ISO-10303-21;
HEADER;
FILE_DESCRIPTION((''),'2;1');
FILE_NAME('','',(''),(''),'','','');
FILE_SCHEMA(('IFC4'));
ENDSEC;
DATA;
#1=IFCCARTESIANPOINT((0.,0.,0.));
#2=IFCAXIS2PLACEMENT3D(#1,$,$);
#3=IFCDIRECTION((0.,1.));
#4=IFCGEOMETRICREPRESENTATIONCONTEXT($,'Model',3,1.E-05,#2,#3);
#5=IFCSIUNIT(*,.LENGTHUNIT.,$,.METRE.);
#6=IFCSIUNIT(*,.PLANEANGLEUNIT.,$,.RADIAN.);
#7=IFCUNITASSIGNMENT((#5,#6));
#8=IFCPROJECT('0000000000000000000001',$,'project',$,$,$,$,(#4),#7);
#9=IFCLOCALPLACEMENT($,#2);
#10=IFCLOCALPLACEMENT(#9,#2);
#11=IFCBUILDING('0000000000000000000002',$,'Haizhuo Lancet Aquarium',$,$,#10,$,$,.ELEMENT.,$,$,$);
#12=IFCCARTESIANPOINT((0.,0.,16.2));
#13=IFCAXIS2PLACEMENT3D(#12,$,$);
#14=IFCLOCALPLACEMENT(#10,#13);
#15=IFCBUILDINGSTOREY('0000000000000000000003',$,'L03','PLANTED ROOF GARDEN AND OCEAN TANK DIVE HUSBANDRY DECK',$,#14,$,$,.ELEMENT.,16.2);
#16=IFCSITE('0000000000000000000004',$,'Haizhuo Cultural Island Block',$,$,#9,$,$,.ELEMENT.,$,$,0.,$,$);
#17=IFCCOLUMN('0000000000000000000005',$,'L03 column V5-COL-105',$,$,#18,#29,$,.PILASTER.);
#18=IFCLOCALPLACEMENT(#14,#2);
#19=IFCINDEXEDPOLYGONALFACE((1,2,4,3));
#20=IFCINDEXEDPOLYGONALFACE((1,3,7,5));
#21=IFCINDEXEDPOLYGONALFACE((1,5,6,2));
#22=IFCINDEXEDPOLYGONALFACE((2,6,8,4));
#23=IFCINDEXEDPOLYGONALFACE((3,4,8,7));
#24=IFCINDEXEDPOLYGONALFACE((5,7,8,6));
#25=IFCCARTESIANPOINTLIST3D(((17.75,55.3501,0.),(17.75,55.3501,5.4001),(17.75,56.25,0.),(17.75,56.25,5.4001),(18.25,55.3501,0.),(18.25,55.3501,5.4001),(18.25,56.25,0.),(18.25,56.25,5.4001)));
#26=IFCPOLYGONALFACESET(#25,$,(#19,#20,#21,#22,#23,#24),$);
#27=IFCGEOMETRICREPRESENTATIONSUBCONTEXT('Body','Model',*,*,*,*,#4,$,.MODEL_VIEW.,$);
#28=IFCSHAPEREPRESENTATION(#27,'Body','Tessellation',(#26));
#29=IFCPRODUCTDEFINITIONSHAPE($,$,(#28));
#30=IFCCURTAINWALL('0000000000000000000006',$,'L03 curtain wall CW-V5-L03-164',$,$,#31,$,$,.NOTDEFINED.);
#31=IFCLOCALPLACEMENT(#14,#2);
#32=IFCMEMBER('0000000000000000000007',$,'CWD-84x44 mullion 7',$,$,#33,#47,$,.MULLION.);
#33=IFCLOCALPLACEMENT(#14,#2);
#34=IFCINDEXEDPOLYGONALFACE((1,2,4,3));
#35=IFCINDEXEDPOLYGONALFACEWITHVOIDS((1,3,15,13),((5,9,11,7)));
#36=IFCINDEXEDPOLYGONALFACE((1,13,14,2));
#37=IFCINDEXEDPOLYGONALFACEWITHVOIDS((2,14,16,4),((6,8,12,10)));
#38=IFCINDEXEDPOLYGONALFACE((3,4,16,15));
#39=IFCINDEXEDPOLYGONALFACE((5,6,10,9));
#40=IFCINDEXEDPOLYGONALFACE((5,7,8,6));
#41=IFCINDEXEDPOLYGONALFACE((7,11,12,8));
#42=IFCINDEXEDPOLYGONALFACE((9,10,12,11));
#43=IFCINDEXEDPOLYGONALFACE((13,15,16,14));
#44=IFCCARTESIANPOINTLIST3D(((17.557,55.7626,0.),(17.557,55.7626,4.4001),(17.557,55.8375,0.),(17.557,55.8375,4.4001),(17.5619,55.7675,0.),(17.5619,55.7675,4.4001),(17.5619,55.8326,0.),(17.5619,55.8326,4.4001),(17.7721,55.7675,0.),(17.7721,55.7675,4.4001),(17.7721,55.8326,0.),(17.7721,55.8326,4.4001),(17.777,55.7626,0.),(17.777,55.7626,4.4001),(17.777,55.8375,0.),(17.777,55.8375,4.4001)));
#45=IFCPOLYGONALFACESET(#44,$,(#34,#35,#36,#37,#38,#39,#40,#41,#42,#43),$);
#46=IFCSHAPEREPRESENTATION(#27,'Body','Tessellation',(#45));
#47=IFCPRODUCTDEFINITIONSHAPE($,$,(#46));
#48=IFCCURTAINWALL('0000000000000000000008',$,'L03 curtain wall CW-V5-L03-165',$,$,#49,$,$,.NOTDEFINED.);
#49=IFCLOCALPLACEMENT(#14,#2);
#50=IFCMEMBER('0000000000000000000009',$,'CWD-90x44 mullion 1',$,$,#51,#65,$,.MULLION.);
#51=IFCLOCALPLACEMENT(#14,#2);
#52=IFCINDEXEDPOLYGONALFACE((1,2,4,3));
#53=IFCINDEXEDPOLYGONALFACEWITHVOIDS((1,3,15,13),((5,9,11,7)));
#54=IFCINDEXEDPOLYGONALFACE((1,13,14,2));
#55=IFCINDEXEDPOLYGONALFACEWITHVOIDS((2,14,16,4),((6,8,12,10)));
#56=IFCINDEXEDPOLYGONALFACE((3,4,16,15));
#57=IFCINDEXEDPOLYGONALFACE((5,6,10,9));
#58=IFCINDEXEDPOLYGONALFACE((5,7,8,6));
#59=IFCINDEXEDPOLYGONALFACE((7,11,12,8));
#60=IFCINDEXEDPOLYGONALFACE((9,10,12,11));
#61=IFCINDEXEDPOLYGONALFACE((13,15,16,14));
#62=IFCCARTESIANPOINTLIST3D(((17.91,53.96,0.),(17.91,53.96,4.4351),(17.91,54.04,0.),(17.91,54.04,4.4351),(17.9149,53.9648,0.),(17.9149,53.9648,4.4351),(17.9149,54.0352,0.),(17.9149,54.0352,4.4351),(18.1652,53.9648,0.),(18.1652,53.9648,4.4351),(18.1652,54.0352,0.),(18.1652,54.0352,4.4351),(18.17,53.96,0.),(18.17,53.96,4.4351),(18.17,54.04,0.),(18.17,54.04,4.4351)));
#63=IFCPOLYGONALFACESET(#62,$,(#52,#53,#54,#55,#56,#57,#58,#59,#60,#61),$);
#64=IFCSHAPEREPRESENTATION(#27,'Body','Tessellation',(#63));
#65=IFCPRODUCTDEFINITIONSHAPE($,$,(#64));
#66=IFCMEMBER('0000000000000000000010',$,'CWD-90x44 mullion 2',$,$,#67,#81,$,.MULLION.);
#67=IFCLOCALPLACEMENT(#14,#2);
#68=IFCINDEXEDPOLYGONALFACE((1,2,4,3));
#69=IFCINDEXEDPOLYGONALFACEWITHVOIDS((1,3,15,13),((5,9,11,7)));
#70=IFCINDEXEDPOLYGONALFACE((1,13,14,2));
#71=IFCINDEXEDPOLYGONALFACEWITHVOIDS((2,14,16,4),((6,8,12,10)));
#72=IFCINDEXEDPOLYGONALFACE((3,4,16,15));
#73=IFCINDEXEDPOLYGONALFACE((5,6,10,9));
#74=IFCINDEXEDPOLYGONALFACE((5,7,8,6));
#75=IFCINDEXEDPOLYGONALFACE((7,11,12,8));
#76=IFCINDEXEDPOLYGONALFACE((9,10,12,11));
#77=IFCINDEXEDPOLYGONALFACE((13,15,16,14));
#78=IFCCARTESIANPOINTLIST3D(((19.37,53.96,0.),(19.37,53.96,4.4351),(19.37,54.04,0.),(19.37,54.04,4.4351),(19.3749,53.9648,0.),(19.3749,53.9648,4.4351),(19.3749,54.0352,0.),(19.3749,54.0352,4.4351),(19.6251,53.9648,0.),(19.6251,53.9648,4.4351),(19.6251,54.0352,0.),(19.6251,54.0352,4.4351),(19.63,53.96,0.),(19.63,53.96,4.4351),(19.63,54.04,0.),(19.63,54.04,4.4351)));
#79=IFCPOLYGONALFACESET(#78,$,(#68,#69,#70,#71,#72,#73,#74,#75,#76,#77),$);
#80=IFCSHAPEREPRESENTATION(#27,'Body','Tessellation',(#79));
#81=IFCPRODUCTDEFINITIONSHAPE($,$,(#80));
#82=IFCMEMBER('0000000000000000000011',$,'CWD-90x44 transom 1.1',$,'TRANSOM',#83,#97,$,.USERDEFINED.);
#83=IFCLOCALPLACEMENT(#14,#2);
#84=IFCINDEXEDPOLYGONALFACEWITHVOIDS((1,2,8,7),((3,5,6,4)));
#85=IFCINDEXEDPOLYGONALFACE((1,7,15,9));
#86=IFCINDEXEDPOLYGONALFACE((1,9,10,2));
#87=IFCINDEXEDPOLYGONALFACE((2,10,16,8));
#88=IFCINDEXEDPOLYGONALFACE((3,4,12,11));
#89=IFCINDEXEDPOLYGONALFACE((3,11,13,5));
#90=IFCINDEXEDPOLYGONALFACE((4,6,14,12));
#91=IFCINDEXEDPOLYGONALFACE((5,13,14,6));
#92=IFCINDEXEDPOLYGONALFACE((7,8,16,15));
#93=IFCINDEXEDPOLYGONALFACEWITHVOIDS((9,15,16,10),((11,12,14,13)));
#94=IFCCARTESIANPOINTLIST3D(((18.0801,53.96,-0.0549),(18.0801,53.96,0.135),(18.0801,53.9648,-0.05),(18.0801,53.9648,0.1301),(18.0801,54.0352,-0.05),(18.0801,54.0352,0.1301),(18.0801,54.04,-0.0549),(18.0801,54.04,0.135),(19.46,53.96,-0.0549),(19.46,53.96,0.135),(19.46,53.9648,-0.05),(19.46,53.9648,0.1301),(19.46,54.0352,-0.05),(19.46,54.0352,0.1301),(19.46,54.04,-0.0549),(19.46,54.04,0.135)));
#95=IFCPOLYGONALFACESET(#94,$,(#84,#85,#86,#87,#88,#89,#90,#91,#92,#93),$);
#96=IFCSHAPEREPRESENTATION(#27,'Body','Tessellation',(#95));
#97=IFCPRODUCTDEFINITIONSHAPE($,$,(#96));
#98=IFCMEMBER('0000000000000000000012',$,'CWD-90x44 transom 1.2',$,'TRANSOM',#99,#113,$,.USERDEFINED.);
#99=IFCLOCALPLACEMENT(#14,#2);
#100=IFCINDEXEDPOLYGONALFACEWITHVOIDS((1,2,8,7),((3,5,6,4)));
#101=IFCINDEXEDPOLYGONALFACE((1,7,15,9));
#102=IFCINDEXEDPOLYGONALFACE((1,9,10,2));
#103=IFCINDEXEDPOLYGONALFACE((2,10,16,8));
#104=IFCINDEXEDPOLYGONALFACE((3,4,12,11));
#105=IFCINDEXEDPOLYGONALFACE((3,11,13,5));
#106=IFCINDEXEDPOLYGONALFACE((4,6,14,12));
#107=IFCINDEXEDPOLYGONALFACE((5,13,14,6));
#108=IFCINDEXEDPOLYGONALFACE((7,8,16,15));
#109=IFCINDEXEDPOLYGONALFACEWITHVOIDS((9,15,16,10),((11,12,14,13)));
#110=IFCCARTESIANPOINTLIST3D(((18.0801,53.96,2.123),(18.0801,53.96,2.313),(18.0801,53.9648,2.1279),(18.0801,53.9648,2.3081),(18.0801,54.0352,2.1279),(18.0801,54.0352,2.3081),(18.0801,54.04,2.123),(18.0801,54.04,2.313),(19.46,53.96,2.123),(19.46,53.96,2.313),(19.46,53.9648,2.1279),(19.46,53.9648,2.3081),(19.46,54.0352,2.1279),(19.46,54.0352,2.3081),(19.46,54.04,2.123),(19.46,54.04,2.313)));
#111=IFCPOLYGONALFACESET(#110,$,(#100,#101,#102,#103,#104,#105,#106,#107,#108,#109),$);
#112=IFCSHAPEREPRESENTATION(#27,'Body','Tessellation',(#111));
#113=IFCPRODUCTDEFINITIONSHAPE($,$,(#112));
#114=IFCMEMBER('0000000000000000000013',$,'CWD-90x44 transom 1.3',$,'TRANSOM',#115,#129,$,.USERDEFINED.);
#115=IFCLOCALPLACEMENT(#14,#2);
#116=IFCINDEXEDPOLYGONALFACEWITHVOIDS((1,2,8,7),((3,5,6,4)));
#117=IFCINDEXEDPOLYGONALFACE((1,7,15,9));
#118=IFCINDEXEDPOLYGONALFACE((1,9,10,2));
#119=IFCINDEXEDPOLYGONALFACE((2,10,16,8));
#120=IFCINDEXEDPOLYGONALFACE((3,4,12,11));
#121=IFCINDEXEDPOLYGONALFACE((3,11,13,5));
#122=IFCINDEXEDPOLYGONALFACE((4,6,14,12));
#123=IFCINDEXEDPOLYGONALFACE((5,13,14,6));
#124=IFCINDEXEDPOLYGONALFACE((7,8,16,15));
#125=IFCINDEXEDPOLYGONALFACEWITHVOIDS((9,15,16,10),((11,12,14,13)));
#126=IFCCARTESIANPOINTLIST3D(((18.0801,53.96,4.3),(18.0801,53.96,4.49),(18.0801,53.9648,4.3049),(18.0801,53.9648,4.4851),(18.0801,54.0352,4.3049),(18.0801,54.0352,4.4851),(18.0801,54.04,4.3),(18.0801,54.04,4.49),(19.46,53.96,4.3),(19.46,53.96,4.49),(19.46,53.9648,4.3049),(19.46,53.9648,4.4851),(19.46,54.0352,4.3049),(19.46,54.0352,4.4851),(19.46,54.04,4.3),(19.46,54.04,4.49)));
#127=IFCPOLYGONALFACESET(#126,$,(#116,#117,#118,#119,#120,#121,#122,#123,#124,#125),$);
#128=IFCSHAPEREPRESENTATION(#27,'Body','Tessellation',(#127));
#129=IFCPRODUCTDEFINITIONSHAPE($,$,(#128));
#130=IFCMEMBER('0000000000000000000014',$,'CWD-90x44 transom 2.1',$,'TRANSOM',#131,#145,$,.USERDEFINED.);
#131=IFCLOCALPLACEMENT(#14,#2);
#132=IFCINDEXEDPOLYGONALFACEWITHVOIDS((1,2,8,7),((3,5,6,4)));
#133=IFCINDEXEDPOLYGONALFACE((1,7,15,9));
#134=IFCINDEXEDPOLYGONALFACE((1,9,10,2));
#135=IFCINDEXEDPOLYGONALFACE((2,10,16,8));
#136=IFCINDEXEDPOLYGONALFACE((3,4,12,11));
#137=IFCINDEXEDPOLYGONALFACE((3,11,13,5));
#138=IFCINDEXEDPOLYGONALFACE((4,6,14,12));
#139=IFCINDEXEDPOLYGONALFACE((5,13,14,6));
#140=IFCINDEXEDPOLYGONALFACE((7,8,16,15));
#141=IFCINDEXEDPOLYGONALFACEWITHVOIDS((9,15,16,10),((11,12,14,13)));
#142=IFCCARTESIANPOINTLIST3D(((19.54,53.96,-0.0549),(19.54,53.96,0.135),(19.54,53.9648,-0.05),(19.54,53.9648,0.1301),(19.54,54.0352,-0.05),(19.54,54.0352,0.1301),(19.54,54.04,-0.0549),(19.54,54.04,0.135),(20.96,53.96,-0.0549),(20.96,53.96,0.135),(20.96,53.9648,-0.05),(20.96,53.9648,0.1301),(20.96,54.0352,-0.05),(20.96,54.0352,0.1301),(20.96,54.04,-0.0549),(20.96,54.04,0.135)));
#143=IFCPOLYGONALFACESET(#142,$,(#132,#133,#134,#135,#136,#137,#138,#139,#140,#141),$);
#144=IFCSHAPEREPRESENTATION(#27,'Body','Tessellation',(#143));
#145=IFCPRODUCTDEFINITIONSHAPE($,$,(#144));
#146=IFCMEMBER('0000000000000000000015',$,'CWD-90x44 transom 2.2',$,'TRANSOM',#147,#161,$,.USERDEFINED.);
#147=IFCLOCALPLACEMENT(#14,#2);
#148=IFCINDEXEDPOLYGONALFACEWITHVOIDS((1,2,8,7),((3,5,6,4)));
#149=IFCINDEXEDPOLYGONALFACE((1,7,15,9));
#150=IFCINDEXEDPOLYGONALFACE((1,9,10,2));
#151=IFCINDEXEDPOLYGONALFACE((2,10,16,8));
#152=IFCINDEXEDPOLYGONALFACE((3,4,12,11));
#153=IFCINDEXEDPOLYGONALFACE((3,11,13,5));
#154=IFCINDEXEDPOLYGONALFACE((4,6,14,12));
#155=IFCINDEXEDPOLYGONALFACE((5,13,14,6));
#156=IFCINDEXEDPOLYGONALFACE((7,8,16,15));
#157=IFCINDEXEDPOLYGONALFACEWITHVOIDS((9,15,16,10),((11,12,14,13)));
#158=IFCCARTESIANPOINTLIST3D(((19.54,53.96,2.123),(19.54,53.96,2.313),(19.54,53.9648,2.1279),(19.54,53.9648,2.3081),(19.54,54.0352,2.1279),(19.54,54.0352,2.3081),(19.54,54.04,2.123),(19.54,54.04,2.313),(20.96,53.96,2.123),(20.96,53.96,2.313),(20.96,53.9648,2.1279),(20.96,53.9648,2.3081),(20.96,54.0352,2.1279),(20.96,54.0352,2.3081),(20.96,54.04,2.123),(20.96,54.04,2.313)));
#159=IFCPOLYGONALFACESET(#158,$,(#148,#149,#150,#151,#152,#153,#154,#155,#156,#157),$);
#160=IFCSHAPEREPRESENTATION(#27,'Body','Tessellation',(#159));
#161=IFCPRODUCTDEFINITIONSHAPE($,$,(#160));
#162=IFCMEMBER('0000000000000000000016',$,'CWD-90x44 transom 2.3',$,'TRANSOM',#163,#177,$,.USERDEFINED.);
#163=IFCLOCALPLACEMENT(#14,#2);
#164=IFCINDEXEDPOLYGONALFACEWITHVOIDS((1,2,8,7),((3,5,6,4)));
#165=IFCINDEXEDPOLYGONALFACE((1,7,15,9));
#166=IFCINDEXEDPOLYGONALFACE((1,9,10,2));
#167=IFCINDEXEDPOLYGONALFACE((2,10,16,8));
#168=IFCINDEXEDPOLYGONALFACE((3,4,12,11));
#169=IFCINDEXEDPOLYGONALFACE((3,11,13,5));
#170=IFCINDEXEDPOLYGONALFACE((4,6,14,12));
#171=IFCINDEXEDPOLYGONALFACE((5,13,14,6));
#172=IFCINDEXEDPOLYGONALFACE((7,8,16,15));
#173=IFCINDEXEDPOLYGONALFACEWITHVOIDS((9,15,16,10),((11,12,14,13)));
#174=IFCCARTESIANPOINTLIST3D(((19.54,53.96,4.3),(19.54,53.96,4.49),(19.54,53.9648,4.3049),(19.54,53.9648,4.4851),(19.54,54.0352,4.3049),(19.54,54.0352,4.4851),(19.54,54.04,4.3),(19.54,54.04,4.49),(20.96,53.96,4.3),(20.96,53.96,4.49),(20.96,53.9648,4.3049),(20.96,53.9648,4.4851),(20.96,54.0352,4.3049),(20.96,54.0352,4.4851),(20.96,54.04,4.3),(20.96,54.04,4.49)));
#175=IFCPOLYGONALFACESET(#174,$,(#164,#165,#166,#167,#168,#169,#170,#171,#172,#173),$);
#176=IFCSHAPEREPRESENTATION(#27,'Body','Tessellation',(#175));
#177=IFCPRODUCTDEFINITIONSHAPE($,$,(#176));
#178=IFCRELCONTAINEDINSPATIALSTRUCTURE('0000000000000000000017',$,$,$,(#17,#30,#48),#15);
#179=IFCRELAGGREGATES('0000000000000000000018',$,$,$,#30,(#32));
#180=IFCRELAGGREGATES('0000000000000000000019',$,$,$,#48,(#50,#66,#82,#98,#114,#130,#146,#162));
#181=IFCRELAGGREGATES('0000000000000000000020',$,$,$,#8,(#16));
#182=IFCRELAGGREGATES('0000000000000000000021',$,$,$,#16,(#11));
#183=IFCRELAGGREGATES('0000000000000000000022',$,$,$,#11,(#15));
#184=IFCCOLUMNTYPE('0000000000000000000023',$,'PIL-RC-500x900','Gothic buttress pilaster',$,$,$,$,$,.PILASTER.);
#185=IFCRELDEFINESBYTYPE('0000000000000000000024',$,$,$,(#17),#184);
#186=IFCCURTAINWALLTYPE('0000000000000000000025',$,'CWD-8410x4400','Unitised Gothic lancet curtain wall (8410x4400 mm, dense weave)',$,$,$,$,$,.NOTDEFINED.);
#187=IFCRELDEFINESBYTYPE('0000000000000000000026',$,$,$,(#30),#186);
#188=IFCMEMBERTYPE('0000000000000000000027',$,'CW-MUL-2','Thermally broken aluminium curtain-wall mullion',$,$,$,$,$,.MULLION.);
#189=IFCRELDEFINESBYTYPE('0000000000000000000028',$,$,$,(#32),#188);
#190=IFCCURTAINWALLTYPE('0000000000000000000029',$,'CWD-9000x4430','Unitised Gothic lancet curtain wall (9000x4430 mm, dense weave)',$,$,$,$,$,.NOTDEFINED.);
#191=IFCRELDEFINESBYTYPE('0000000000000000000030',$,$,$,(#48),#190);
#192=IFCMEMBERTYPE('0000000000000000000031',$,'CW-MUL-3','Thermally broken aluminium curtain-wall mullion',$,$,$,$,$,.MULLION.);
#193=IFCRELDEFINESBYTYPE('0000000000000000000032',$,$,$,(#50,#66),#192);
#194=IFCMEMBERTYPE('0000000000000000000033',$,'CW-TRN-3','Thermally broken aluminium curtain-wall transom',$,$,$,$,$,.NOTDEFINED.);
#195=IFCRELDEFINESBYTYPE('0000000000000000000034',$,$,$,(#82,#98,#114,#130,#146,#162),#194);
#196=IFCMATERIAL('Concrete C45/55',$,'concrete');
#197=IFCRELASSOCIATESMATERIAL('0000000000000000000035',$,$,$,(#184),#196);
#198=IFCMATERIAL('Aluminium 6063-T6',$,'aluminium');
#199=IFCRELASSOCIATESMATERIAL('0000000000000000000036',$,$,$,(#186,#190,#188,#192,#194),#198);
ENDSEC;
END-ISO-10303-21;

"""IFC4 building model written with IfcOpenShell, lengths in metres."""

from ifc_helpers import new_model, si_unit, direction, frame, origin, origin_2d, place, context, subcontext, project, spatial, rectangle, hollow_rectangle, extrude, material, material_profile, profile_set, type_object, element, aggregate, save


model = new_model("IFC4")

# Units and contexts
model_context = context("Model", 3, precision=1e-05, world=origin(), true_north=direction((0.0, 1.0)))
body_context = subcontext(model_context, "Body", "Model", "MODEL_VIEW")
ifc_project = project(units=[si_unit("LENGTHUNIT", "METRE"), si_unit("PLANEANGLEUNIT", "RADIAN")], contexts=[model_context])

# Site, building, storey
site_placement = place(None, origin())
site = spatial("IfcSite", under=ifc_project, at=site_placement, Name="Haizhuo Cultural Island Block", CompositionType="ELEMENT", RefElevation=0.0)
building_placement = place(site_placement, origin())
building = spatial("IfcBuilding", under=site, at=building_placement, Name="Haizhuo Lancet Aquarium", CompositionType="ELEMENT")
storey_placement = place(building_placement, frame((0.0, 0.0, 16.2)))
storey = spatial("IfcBuildingStorey", under=building, at=storey_placement, Name="L03", Description="PLANTED ROOF GARDEN AND OCEAN TANK DIVE HUSBANDRY DECK", CompositionType="ELEMENT", Elevation=16.2)

# Column
ifc_material_1 = material(Name="Concrete C45/55", Category="concrete")
ifc_material_profile_1 = material_profile(ifc_material_1, rectangle(XDim=0.5, YDim=0.8999, at=origin_2d()), Name="RC-PIL 500x900")
ifc_profile_set_1 = profile_set([ifc_material_profile_1], Name="Concrete C45/55")
column_type = type_object("IfcColumnType", Name="PIL-RC-500x900", Description="Gothic buttress pilaster", PredefinedType="PILASTER", material=ifc_profile_set_1)
column_placement = place(storey_placement, frame((18.0, 55.8, 0.0), z_axis=(0.0, 0.0, 1.0), x_axis=(1.0, 0.0, 0.0)))
element("IfcColumn", 1, at=column_placement, inside=storey, type_object=column_type, Name="L03 column V5-COL-105", PredefinedType="PILASTER", context=body_context, shape_type="SweptSolid", body=[
    extrude(rectangle(XDim=0.5, YDim=0.8999, at=origin_2d()), origin(), (0.0, 0.0, 1.0), 5.4001),
])

# Curtain wall, member
ifc_material_2 = material(Name="Aluminium 6063-T6", Category="aluminium")
curtain_wall_type_1 = type_object("IfcCurtainWallType", Name="CWD-8410x4400", Description="Unitised Gothic lancet curtain wall (8410x4400 mm, dense weave)", PredefinedType="NOTDEFINED", material=ifc_material_2)
curtain_wall_1_placement = place(storey_placement, origin())
curtain_wall_1 = element("IfcCurtainWall", 2, at=curtain_wall_1_placement, inside=storey, type_object=curtain_wall_type_1, Name="L03 curtain wall CW-V5-L03-164", PredefinedType="NOTDEFINED")
ifc_material_profile_2 = material_profile(ifc_material_2, hollow_rectangle(XDim=0.075, YDim=0.22, WallThickness=0.0049, at=origin_2d()), Name="ALU-M 75x220x5")
ifc_profile_set_2 = profile_set([ifc_material_profile_2], Name="Aluminium 6063-T6")
member_type_1 = type_object("IfcMemberType", Name="CW-MUL-2", Description="Thermally broken aluminium curtain-wall mullion", PredefinedType="MULLION", material=ifc_profile_set_2)
member_1_placement = place(storey_placement, frame((17.667, 55.8, 0.0), z_axis=(0.0, 0.0, 1.0), x_axis=(0.0, 1.0, 0.0)))
member_1 = element("IfcMember", 3, at=member_1_placement, type_object=member_type_1, Name="CWD-84x44 mullion 7", PredefinedType="MULLION", context=body_context, shape_type="SweptSolid", body=[
    extrude(hollow_rectangle(XDim=0.075, YDim=0.22, WallThickness=0.0049, at=origin_2d()), origin(), (0.0, 0.0, 1.0), 4.4001),
])
aggregate(curtain_wall_1, [member_1])

# Curtain wall, members
curtain_wall_type_2 = type_object("IfcCurtainWallType", Name="CWD-9000x4430", Description="Unitised Gothic lancet curtain wall (9000x4430 mm, dense weave)", PredefinedType="NOTDEFINED", material=ifc_material_2)
curtain_wall_2_placement = place(storey_placement, origin())
curtain_wall_2 = element("IfcCurtainWall", 4, at=curtain_wall_2_placement, inside=storey, type_object=curtain_wall_type_2, Name="L03 curtain wall CW-V5-L03-165", PredefinedType="NOTDEFINED")
ifc_material_profile_3 = material_profile(ifc_material_2, hollow_rectangle(XDim=0.0801, YDim=0.26, WallThickness=0.0049, at=origin_2d()), Name="ALU-M 80x260x5")
ifc_profile_set_3 = profile_set([ifc_material_profile_3], Name="Aluminium 6063-T6")
member_type_2 = type_object("IfcMemberType", Name="CW-MUL-3", Description="Thermally broken aluminium curtain-wall mullion", PredefinedType="MULLION", material=ifc_profile_set_3)
member_2_placement = place(storey_placement, frame((18.04, 54.0, 0.0), z_axis=(0.0, 0.0, 1.0), x_axis=(0.0, 1.0, 0.0)))
member_2 = element("IfcMember", 5, at=member_2_placement, type_object=member_type_2, Name="CWD-90x44 mullion 1", PredefinedType="MULLION", context=body_context, shape_type="SweptSolid", body=[
    extrude(hollow_rectangle(XDim=0.0801, YDim=0.26, WallThickness=0.0049, at=origin_2d()), origin(), (0.0, 0.0, 1.0), 4.4351),
])
member_3_placement = place(storey_placement, frame((19.5, 54.0, 0.0), z_axis=(0.0, 0.0, 1.0), x_axis=(0.0, 1.0, 0.0)))
member_3 = element("IfcMember", 6, at=member_3_placement, type_object=member_type_2, Name="CWD-90x44 mullion 2", PredefinedType="MULLION", context=body_context, shape_type="SweptSolid", body=[
    extrude(hollow_rectangle(XDim=0.0801, YDim=0.26, WallThickness=0.0049, at=origin_2d()), origin(), (0.0, 0.0, 1.0), 4.4351),
])
ifc_material_profile_4 = material_profile(ifc_material_2, hollow_rectangle(XDim=0.0801, YDim=0.1899, WallThickness=0.0049, at=origin_2d()), Name="ALU-T 80x190x5")
ifc_profile_set_4 = profile_set([ifc_material_profile_4], Name="Aluminium 6063-T6")
member_type_3 = type_object("IfcMemberType", Name="CW-TRN-3", Description="Thermally broken aluminium curtain-wall transom", PredefinedType="NOTDEFINED", material=ifc_profile_set_4)
member_4_placement = place(storey_placement, frame((18.0801, 54.0, 0.04), z_axis=(1.0, 0.0, 0.0), x_axis=(0.0, 1.0, 0.0)))
member_4 = element("IfcMember", 7, at=member_4_placement, type_object=member_type_3, Name="CWD-90x44 transom 1.1", ObjectType="TRANSOM", PredefinedType="USERDEFINED", context=body_context, shape_type="SweptSolid", body=[
    extrude(hollow_rectangle(XDim=0.0801, YDim=0.1899, WallThickness=0.0049, at=origin_2d()), origin(), (0.0, 0.0, 1.0), 1.3799),
])
member_5_placement = place(storey_placement, frame((18.0801, 54.0, 2.218), z_axis=(1.0, 0.0, 0.0), x_axis=(0.0, 1.0, 0.0)))
member_5 = element("IfcMember", 8, at=member_5_placement, type_object=member_type_3, Name="CWD-90x44 transom 1.2", ObjectType="TRANSOM", PredefinedType="USERDEFINED", context=body_context, shape_type="SweptSolid", body=[
    extrude(hollow_rectangle(XDim=0.0801, YDim=0.1899, WallThickness=0.0049, at=origin_2d()), origin(), (0.0, 0.0, 1.0), 1.3799),
])
member_6_placement = place(storey_placement, frame((18.0801, 54.0, 4.395), z_axis=(1.0, 0.0, 0.0), x_axis=(0.0, 1.0, 0.0)))
member_6 = element("IfcMember", 9, at=member_6_placement, type_object=member_type_3, Name="CWD-90x44 transom 1.3", ObjectType="TRANSOM", PredefinedType="USERDEFINED", context=body_context, shape_type="SweptSolid", body=[
    extrude(hollow_rectangle(XDim=0.0801, YDim=0.1899, WallThickness=0.0049, at=origin_2d()), origin(), (0.0, 0.0, 1.0), 1.3799),
])
member_7_placement = place(storey_placement, frame((19.54, 54.0, 0.04), z_axis=(1.0, 0.0, 0.0), x_axis=(0.0, 1.0, 0.0)))
member_7 = element("IfcMember", 10, at=member_7_placement, type_object=member_type_3, Name="CWD-90x44 transom 2.1", ObjectType="TRANSOM", PredefinedType="USERDEFINED", context=body_context, shape_type="SweptSolid", body=[
    extrude(hollow_rectangle(XDim=0.0801, YDim=0.1899, WallThickness=0.0049, at=origin_2d()), origin(), (0.0, 0.0, 1.0), 1.4199),
])
member_8_placement = place(storey_placement, frame((19.54, 54.0, 2.218), z_axis=(1.0, 0.0, 0.0), x_axis=(0.0, 1.0, 0.0)))
member_8 = element("IfcMember", 11, at=member_8_placement, type_object=member_type_3, Name="CWD-90x44 transom 2.2", ObjectType="TRANSOM", PredefinedType="USERDEFINED", context=body_context, shape_type="SweptSolid", body=[
    extrude(hollow_rectangle(XDim=0.0801, YDim=0.1899, WallThickness=0.0049, at=origin_2d()), origin(), (0.0, 0.0, 1.0), 1.4199),
])
member_9_placement = place(storey_placement, frame((19.54, 54.0, 4.395), z_axis=(1.0, 0.0, 0.0), x_axis=(0.0, 1.0, 0.0)))
member_9 = element("IfcMember", 12, at=member_9_placement, type_object=member_type_3, Name="CWD-90x44 transom 2.3", ObjectType="TRANSOM", PredefinedType="USERDEFINED", context=body_context, shape_type="SweptSolid", body=[
    extrude(hollow_rectangle(XDim=0.0801, YDim=0.1899, WallThickness=0.0049, at=origin_2d()), origin(), (0.0, 0.0, 1.0), 1.4199),
])

aggregate(curtain_wall_2, [member_2, member_3, member_4, member_5, member_6, member_7, member_8, member_9])

save(model, "model.ifc")
